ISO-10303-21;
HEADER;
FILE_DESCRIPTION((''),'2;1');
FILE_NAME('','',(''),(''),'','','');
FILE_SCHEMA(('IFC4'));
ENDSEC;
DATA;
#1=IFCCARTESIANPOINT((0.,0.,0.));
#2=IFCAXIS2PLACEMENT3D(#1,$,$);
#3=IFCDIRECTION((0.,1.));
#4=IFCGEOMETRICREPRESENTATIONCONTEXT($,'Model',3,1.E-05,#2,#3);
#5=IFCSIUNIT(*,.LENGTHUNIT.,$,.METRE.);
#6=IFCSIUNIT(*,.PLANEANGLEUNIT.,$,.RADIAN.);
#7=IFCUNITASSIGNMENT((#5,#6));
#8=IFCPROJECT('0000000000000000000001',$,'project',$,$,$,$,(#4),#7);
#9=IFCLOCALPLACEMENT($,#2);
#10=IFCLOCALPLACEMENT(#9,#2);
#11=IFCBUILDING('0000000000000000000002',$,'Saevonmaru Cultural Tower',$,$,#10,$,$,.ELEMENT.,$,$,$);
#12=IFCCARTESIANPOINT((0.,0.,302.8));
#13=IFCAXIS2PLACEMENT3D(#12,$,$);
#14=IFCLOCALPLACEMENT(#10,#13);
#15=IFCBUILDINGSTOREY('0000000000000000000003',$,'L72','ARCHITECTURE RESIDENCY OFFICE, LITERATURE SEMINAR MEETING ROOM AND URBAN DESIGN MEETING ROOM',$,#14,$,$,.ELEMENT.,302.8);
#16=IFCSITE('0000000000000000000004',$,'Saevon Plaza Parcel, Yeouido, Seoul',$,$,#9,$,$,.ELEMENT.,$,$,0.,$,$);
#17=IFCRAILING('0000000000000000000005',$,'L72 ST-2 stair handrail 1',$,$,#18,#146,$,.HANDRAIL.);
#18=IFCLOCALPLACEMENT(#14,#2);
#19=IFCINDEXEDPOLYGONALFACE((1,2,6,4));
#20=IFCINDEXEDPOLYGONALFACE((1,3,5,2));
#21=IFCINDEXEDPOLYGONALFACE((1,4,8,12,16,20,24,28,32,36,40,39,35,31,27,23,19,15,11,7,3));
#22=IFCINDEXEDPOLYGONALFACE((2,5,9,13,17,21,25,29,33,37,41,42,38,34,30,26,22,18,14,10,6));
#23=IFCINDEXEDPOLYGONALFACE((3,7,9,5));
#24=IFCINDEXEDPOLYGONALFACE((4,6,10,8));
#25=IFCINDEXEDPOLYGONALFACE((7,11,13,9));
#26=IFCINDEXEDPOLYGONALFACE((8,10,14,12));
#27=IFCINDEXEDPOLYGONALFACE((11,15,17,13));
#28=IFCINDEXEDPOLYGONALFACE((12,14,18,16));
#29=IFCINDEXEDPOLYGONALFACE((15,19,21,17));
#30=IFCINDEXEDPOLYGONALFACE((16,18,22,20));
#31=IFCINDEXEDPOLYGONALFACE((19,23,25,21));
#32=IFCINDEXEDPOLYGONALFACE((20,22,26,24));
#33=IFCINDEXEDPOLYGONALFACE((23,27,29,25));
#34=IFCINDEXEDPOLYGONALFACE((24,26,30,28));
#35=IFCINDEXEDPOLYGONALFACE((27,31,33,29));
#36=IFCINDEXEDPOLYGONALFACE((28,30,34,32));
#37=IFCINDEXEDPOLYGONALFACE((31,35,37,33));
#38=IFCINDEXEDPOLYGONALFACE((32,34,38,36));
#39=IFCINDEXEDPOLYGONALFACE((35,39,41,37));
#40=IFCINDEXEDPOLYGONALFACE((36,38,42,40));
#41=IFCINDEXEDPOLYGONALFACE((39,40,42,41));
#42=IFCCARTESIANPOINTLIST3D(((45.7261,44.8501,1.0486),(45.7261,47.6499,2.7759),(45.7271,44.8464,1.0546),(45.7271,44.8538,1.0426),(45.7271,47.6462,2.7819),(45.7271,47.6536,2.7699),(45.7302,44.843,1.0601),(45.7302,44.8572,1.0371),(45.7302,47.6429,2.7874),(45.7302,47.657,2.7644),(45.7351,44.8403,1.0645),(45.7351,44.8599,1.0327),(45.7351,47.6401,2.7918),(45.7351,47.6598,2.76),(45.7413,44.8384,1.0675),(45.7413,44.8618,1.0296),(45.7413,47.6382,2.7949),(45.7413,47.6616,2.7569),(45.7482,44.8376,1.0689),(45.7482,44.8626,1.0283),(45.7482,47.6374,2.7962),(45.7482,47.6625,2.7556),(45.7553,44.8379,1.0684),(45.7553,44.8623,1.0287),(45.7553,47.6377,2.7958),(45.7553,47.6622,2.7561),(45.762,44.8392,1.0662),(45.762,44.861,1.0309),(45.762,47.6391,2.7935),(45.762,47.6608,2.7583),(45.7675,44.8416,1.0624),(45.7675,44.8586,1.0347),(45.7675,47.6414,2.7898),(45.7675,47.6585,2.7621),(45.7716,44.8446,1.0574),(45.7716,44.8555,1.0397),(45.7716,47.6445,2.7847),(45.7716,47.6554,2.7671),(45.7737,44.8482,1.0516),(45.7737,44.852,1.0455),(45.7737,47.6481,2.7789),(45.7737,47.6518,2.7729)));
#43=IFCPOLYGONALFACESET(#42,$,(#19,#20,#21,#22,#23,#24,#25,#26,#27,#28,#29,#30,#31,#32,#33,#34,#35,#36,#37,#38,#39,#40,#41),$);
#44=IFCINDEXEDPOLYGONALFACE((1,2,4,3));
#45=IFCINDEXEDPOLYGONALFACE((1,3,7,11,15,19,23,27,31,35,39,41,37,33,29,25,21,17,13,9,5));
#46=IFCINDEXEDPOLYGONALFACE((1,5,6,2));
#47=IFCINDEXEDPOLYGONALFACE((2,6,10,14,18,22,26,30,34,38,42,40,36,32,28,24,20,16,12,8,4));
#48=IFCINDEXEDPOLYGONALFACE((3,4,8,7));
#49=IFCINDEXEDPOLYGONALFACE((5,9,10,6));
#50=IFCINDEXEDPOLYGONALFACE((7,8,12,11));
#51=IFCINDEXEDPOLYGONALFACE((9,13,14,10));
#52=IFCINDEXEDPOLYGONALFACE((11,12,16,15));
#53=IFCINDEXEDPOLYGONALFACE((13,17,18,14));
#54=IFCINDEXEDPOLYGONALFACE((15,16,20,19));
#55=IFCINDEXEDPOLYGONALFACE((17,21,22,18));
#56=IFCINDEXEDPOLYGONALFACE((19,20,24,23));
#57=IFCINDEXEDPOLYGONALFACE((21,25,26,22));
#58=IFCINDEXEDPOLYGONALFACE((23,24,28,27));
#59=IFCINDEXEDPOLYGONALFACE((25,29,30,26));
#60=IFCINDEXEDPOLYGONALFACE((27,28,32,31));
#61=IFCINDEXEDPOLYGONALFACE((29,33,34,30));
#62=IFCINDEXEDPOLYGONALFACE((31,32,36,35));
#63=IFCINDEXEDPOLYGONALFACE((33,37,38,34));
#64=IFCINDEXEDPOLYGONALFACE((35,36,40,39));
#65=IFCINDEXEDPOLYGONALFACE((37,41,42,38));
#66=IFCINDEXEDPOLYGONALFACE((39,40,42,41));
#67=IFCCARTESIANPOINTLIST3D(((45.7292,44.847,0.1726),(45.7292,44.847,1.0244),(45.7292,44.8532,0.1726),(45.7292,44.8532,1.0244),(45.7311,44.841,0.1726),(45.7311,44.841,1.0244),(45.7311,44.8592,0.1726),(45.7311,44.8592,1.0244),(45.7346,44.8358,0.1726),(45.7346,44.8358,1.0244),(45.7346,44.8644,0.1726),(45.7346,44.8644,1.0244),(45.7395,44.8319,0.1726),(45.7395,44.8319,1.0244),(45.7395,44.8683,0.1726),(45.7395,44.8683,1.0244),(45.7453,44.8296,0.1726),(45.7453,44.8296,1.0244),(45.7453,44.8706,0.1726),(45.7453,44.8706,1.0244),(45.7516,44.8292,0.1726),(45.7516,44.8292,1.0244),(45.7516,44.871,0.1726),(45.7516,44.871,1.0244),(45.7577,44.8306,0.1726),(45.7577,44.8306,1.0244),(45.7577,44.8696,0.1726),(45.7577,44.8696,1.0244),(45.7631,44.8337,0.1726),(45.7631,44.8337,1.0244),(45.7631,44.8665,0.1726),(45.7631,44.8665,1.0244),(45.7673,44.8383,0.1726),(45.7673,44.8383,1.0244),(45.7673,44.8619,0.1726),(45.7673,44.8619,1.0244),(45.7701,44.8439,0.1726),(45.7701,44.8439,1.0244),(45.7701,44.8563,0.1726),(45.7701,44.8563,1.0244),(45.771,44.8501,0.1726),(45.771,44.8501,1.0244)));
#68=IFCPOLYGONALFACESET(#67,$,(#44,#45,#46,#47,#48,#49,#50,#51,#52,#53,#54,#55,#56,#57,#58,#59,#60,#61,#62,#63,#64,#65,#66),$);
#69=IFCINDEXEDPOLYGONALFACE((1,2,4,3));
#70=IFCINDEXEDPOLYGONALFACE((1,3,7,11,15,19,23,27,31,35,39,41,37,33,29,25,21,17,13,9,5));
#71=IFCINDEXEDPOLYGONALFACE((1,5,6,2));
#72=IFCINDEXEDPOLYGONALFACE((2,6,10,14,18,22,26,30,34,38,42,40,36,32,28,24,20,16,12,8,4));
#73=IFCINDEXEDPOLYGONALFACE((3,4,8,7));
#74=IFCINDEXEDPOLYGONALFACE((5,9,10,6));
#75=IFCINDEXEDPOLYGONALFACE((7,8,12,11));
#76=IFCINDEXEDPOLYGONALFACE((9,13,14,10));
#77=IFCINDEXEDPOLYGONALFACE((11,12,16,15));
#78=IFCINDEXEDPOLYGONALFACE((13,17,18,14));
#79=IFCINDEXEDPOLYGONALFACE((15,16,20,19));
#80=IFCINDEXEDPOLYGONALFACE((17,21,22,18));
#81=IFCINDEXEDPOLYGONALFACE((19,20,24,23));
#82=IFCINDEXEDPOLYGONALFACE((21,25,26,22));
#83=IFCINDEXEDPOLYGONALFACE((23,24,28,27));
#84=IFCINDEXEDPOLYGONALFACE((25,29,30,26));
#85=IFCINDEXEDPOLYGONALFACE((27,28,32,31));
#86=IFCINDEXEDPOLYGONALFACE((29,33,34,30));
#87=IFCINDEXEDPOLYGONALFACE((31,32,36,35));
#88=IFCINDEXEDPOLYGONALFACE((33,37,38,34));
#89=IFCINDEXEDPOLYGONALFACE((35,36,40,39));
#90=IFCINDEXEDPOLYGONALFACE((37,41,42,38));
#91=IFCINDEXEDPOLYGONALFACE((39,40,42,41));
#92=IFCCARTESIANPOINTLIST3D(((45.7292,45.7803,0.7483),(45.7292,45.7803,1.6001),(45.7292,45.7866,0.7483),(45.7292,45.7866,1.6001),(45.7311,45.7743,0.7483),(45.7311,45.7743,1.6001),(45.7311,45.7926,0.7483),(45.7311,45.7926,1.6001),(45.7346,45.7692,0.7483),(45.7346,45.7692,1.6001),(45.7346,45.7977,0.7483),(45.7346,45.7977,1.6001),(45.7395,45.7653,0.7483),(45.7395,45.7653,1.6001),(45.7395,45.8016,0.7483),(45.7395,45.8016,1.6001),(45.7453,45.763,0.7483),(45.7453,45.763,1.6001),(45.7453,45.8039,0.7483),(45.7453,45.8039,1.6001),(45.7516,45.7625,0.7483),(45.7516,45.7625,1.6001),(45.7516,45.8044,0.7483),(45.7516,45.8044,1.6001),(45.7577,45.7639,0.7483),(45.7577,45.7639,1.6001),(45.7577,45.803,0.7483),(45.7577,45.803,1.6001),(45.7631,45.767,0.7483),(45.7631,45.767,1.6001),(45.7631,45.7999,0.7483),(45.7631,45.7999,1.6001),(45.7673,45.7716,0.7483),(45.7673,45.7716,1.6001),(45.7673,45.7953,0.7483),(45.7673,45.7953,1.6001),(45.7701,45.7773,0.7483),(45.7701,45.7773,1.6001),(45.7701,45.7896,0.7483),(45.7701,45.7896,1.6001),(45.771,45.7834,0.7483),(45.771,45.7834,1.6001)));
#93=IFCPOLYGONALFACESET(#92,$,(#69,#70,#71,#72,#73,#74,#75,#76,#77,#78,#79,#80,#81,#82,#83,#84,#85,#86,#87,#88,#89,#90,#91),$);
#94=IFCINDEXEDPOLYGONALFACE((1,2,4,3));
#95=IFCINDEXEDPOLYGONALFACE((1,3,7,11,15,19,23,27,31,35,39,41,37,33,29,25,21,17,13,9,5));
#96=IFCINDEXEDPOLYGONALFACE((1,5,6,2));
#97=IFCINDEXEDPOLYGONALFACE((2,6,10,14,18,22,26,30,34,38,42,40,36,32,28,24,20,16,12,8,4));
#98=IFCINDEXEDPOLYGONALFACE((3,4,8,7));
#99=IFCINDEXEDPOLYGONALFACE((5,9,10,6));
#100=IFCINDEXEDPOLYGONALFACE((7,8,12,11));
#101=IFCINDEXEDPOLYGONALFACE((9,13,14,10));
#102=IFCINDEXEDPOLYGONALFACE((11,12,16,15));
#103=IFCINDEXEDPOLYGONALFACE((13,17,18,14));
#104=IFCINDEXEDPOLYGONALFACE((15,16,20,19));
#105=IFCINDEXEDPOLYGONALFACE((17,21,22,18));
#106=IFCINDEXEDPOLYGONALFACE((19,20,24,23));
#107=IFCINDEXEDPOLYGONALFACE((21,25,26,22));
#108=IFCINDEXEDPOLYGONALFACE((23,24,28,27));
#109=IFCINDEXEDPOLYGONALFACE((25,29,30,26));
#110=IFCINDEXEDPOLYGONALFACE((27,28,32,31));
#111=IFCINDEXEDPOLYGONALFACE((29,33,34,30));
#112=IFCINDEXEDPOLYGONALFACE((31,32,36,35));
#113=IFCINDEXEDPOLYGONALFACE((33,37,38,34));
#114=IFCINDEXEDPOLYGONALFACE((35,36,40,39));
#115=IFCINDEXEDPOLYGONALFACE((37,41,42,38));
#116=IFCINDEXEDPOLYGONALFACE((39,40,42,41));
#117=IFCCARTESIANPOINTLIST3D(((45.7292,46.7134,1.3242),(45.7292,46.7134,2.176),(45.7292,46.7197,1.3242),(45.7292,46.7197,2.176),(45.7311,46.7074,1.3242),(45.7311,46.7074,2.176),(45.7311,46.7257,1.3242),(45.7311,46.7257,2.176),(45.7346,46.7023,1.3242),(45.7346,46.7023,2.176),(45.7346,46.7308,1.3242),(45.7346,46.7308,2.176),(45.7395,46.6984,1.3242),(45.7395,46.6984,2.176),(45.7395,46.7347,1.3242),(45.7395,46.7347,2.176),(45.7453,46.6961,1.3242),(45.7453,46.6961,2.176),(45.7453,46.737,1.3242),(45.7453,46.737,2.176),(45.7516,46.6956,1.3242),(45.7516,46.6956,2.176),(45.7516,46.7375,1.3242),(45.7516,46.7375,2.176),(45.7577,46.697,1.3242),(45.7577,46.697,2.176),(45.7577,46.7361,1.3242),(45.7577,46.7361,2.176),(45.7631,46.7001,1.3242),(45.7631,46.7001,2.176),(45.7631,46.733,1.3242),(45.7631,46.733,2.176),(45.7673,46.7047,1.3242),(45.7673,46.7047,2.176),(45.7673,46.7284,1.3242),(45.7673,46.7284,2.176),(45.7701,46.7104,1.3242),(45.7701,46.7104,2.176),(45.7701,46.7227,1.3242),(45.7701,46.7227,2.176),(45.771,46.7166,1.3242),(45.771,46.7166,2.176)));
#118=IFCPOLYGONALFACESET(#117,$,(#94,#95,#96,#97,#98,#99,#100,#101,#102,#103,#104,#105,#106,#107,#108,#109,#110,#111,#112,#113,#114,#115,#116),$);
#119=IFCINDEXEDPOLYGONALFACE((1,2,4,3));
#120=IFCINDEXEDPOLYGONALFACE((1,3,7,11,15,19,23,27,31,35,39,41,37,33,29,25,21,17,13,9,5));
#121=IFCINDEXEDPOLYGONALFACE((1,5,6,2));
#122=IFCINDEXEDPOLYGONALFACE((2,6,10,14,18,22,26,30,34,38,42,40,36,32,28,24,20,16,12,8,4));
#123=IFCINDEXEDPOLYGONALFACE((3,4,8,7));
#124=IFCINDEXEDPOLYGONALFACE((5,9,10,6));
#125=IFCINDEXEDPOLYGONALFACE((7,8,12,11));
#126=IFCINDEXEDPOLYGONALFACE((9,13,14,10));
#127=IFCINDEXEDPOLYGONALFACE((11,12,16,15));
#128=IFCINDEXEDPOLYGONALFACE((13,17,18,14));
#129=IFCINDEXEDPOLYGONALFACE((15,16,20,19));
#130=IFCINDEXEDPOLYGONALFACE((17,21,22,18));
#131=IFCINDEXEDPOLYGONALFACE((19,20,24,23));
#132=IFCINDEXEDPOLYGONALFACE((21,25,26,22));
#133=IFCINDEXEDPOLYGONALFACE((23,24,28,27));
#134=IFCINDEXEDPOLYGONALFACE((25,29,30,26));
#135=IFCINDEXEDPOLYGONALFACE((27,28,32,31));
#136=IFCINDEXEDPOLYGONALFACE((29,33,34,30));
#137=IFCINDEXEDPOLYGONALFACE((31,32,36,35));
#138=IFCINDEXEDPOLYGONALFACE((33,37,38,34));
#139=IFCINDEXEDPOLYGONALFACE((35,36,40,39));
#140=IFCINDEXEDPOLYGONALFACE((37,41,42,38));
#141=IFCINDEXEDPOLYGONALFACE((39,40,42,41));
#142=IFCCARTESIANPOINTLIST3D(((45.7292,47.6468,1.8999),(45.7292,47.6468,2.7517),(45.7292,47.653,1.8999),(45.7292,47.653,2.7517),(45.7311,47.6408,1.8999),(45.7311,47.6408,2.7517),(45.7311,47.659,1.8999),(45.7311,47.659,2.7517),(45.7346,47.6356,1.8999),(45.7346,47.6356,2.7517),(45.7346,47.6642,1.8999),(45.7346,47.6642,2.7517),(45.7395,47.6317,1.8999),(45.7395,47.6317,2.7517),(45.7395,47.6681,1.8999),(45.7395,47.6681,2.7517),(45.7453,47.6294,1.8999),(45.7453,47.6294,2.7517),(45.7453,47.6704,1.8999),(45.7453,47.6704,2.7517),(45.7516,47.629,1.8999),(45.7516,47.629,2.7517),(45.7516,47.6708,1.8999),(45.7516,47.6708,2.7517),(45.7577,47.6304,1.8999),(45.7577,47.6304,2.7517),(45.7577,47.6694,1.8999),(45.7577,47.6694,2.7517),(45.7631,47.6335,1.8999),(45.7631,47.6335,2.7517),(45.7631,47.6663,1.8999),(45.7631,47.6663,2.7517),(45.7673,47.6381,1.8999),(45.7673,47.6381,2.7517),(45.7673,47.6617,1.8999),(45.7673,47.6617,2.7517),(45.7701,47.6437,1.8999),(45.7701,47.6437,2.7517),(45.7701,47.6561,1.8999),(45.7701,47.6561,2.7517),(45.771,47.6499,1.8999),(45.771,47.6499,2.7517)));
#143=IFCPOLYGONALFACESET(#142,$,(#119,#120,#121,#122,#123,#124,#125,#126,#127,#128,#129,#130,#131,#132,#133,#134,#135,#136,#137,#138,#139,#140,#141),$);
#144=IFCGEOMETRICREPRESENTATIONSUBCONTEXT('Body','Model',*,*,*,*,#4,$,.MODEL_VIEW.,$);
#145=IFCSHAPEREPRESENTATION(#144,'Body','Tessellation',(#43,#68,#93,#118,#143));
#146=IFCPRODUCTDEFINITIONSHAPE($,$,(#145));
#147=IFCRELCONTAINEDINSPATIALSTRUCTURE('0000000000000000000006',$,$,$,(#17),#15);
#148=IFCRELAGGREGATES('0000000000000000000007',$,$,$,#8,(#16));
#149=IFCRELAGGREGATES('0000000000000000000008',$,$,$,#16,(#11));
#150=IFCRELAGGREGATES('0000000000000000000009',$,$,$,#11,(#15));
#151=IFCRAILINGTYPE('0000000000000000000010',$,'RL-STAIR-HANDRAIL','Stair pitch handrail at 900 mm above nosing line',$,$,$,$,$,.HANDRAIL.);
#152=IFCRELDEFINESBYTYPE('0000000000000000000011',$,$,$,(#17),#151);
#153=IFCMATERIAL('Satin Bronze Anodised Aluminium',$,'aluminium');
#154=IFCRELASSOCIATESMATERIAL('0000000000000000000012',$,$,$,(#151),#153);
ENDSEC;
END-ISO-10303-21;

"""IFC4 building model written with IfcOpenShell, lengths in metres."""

from ifc_helpers import new_model, si_unit, direction, frame, origin, origin_2d, place, context, subcontext, project, spatial, circle, extrude, material, type_object, element, save


model = new_model("IFC4")

# Units and contexts
model_context = context("Model", 3, precision=1e-05, world=origin(), true_north=direction((0.0, 1.0)))
body_context = subcontext(model_context, "Body", "Model", "MODEL_VIEW")
ifc_project = project(units=[si_unit("LENGTHUNIT", "METRE"), si_unit("PLANEANGLEUNIT", "RADIAN")], contexts=[model_context])

# Site, building, storey
site_placement = place(None, origin())
site = spatial("IfcSite", under=ifc_project, at=site_placement, Name="Saevon Plaza Parcel, Yeouido, Seoul", CompositionType="ELEMENT", RefElevation=0.0)
building_placement = place(site_placement, origin())
building = spatial("IfcBuilding", under=site, at=building_placement, Name="Saevonmaru Cultural Tower", CompositionType="ELEMENT")
storey_placement = place(building_placement, frame((0.0, 0.0, 302.8)))
storey = spatial("IfcBuildingStorey", under=building, at=storey_placement, Name="L72", Description="ARCHITECTURE RESIDENCY OFFICE, LITERATURE SEMINAR MEETING ROOM AND URBAN DESIGN MEETING ROOM", CompositionType="ELEMENT", Elevation=302.8)

# Shared definitions
ifc_material_1 = material(Name="Satin Bronze Anodised Aluminium", Category="aluminium")

# Railing
railing_type_1 = type_object("IfcRailingType", Name="RL-STAIR-HANDRAIL", Description="Stair pitch handrail at 900 mm above nosing line", PredefinedType="HANDRAIL", material=ifc_material_1)
railing_1_placement = place(storey_placement, frame((45.75, 44.8501, 0.1726)))
element("IfcRailing", 1, at=railing_1_placement, inside=storey, type_object=railing_type_1, Name="L72 ST-2 stair handrail 1", PredefinedType="HANDRAIL", context=body_context, shape_type="SweptSolid", body=[
    extrude(circle(Radius=0.0239, at=origin_2d()), frame((0.0, 0.0, 0.876), z_axis=(0.0, 0.851069, 0.525054), x_axis=(-1.0, 0.0, 0.0)), (0.0, 0.0, 1.0), 3.2898),
    extrude(circle(Radius=0.021, at=origin_2d()), origin(), (0.0, 0.0, 1.0), 0.8518),
    extrude(circle(Radius=0.021, at=origin_2d()), frame((0.0, 0.9333, 0.5757)), (0.0, 0.0, 1.0), 0.8518),
    extrude(circle(Radius=0.021, at=origin_2d()), frame((0.0, 1.8665, 1.1516)), (0.0, 0.0, 1.0), 0.8518),
    extrude(circle(Radius=0.021, at=origin_2d()), frame((0.0, 2.7998, 1.7273)), (0.0, 0.0, 1.0), 0.8518),
])

save(model, "model.ifc")
